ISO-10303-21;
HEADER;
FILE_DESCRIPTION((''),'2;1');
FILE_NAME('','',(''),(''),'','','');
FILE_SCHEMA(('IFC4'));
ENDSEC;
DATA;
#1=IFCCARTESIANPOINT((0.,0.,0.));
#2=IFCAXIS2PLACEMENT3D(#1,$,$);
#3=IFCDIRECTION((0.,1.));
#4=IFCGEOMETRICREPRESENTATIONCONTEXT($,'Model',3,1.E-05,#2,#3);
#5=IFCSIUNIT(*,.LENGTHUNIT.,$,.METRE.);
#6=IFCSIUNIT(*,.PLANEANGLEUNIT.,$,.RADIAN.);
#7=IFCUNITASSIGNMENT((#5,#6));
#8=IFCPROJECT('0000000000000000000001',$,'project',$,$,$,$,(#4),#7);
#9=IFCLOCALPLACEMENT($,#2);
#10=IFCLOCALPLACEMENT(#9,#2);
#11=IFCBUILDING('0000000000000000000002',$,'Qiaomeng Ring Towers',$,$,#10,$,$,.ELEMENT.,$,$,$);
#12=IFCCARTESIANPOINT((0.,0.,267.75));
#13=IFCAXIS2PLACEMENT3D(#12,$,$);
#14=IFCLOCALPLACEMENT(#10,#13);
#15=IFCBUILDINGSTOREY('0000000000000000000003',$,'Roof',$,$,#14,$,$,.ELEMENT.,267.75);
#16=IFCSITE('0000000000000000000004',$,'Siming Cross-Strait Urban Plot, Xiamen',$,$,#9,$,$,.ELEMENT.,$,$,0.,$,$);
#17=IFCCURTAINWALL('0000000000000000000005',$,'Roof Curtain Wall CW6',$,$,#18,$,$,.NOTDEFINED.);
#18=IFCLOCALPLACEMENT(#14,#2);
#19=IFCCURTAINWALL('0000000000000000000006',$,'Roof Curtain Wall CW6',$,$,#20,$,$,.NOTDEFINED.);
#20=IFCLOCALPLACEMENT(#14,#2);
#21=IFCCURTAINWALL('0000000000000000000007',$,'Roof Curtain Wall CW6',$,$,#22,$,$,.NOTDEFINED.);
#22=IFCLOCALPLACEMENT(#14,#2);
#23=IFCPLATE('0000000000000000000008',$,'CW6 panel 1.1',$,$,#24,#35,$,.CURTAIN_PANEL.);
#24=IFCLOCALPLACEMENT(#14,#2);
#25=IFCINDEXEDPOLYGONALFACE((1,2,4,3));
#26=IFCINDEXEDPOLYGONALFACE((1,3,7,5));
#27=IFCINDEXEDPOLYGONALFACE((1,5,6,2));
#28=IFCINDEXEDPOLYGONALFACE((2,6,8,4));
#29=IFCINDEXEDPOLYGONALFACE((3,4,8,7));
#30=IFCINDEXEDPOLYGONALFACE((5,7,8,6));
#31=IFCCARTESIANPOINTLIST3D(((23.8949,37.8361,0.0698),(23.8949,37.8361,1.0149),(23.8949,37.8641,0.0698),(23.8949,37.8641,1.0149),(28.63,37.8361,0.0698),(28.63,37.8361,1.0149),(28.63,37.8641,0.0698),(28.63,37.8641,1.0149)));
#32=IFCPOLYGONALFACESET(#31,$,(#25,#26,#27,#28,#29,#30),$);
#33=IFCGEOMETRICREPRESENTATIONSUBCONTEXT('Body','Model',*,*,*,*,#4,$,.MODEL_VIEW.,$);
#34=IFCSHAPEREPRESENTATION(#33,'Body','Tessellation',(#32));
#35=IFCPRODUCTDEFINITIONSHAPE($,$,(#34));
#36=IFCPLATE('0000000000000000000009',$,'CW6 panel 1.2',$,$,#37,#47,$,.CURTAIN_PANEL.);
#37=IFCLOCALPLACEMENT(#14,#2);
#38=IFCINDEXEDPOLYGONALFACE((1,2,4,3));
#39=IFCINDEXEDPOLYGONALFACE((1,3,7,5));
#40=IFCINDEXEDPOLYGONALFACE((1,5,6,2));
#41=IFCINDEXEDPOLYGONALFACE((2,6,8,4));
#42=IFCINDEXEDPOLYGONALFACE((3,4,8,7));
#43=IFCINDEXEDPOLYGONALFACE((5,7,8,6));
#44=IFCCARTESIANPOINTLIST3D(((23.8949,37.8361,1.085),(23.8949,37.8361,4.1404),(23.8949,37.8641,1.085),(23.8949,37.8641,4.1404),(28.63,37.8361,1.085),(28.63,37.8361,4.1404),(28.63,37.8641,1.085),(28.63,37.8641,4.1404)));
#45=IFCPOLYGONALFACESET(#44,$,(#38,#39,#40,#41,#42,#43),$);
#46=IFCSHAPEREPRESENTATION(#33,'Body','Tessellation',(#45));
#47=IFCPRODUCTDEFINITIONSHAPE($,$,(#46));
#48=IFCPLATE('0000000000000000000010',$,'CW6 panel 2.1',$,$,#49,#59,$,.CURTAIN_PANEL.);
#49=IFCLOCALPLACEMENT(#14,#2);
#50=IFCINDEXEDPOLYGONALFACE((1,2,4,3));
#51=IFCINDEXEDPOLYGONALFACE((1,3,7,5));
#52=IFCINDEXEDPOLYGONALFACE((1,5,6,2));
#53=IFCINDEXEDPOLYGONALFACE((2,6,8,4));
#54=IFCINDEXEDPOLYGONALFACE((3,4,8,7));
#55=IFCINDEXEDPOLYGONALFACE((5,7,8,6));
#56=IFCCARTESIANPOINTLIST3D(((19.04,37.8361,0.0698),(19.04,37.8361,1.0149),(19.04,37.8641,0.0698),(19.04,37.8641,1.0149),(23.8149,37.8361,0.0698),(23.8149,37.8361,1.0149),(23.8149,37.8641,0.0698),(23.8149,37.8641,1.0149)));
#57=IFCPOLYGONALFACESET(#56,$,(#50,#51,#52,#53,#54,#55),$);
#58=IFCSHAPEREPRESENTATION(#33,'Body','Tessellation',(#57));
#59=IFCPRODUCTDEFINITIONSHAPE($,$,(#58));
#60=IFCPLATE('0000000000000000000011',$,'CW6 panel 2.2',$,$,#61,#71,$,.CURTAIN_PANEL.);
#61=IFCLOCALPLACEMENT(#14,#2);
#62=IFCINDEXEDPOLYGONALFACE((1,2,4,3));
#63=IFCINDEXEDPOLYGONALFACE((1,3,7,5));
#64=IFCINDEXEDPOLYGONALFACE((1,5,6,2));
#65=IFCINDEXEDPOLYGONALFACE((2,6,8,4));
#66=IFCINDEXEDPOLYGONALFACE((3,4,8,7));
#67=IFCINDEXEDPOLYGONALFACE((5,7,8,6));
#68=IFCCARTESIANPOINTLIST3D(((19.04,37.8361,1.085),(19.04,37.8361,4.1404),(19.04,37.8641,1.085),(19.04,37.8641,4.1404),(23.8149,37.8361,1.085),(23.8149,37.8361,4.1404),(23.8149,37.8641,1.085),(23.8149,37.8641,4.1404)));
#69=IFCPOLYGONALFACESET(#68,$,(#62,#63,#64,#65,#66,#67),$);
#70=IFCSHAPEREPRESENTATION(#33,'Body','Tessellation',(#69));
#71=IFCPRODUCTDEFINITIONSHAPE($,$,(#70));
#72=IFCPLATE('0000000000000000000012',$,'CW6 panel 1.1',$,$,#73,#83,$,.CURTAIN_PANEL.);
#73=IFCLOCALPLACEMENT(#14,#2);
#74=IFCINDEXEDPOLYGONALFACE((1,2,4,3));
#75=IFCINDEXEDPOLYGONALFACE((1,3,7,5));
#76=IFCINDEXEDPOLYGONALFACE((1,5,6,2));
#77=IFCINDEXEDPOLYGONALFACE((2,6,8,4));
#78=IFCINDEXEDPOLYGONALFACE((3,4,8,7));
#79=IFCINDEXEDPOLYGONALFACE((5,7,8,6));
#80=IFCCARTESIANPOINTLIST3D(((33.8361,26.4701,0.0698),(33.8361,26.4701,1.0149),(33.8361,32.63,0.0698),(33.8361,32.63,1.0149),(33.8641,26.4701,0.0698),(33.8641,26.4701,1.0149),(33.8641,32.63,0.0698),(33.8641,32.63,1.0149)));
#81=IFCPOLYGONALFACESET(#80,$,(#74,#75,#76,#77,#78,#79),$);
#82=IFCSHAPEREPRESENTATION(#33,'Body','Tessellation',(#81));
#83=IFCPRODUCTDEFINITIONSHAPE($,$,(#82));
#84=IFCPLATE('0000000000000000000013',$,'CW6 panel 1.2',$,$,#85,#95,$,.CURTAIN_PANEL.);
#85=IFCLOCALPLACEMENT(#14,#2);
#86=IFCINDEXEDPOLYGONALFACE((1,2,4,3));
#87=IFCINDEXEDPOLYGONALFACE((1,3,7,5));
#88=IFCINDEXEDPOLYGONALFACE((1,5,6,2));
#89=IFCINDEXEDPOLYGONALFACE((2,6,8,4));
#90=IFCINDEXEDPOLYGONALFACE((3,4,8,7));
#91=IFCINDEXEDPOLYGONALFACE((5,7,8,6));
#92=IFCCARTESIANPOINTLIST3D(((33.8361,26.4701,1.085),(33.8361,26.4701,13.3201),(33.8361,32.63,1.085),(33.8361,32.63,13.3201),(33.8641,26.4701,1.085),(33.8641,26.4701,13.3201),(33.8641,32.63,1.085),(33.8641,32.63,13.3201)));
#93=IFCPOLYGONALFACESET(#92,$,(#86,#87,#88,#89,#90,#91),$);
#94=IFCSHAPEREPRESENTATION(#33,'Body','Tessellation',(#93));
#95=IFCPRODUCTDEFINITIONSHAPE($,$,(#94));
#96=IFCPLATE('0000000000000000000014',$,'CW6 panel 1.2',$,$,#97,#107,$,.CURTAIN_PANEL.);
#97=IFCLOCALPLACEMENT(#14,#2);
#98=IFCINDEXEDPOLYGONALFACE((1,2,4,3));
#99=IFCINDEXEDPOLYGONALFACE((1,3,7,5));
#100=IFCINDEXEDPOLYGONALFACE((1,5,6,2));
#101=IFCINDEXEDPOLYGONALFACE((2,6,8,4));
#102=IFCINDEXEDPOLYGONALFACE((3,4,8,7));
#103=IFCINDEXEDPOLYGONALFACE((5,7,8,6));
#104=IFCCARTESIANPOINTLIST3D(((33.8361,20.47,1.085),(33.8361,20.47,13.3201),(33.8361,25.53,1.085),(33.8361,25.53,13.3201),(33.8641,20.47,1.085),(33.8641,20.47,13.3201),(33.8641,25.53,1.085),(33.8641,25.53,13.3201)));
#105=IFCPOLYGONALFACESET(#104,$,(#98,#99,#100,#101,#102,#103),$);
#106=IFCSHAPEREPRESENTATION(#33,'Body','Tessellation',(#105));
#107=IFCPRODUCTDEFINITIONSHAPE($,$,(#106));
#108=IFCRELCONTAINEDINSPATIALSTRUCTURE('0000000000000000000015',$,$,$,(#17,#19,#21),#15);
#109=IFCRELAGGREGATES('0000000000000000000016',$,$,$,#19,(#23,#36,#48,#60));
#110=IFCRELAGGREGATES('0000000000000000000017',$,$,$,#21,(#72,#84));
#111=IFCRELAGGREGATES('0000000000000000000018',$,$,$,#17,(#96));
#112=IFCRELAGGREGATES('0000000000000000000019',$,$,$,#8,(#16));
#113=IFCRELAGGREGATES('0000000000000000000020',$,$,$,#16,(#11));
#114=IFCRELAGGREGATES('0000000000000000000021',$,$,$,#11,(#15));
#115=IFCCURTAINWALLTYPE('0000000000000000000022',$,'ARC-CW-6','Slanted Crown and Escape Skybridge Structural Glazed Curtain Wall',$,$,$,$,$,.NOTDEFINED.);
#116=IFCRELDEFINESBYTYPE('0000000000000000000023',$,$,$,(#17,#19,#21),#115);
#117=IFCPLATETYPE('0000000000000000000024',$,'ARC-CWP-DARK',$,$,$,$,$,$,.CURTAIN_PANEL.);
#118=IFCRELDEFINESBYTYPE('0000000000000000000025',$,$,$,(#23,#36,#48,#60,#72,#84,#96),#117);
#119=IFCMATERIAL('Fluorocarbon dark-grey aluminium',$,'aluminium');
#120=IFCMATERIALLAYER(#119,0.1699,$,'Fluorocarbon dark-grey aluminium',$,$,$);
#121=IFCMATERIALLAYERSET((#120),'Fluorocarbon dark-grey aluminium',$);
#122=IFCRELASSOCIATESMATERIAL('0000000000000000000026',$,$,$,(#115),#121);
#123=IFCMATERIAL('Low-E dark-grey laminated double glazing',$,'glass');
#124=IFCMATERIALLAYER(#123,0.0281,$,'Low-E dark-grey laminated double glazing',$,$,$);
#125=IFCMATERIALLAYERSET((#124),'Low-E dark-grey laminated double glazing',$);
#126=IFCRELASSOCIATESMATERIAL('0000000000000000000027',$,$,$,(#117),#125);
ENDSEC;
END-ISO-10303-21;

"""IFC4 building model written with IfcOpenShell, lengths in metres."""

from ifc_helpers import new_model, si_unit, direction, frame, origin, origin_2d, place, context, subcontext, project, spatial, rectangle, extrude, source, transform, mapped, material, layer, layer_set, type_object, element, aggregate, save


model = new_model("IFC4")

# Units and contexts
model_context = context("Model", 3, precision=1e-05, world=origin(), true_north=direction((0.0, 1.0)))
body_context = subcontext(model_context, "Body", "Model", "MODEL_VIEW")
ifc_project = project(units=[si_unit("LENGTHUNIT", "METRE"), si_unit("PLANEANGLEUNIT", "RADIAN")], contexts=[model_context])

# Site, building, storey
site_placement = place(None, origin())
site = spatial("IfcSite", under=ifc_project, at=site_placement, Name="Siming Cross-Strait Urban Plot, Xiamen", CompositionType="ELEMENT", RefElevation=0.0)
building_placement = place(site_placement, origin())
building = spatial("IfcBuilding", under=site, at=building_placement, Name="Qiaomeng Ring Towers", CompositionType="ELEMENT")
storey_placement = place(building_placement, frame((0.0, 0.0, 267.75)))
storey = spatial("IfcBuildingStorey", under=building, at=storey_placement, Name="Roof", CompositionType="ELEMENT", Elevation=267.75)

# Curtain walls
ifc_material_1 = material(Name="Fluorocarbon dark-grey aluminium", Category="aluminium")
ifc_layer_1 = layer(ifc_material_1, 0.1699, Name="Fluorocarbon dark-grey aluminium")
ifc_layer_set_1 = layer_set([ifc_layer_1], Name="Fluorocarbon dark-grey aluminium")
curtain_wall_type = type_object("IfcCurtainWallType", Name="ARC-CW-6", Description="Slanted Crown and Escape Skybridge Structural Glazed Curtain Wall", PredefinedType="NOTDEFINED", material=ifc_layer_set_1)
curtain_wall_1_placement = place(storey_placement, origin())
curtain_wall_1 = element("IfcCurtainWall", 1, at=curtain_wall_1_placement, inside=storey, type_object=curtain_wall_type, Name="Roof Curtain Wall CW6", PredefinedType="NOTDEFINED")
curtain_wall_2_placement = place(storey_placement, origin())
curtain_wall_2 = element("IfcCurtainWall", 2, at=curtain_wall_2_placement, inside=storey, type_object=curtain_wall_type, Name="Roof Curtain Wall CW6", PredefinedType="NOTDEFINED")

# Curtain wall
curtain_wall_3_placement = place(storey_placement, origin())
curtain_wall_3 = element("IfcCurtainWall", 3, at=curtain_wall_3_placement, inside=storey, type_object=curtain_wall_type, Name="Roof Curtain Wall CW6", PredefinedType="NOTDEFINED")

# Plates
ifc_material_2 = material(Name="Low-E dark-grey laminated double glazing", Category="glass")
ifc_layer_2 = layer(ifc_material_2, 0.0281, Name="Low-E dark-grey laminated double glazing")
ifc_layer_set_2 = layer_set([ifc_layer_2], Name="Low-E dark-grey laminated double glazing")
plate_type_1 = type_object("IfcPlateType", Name="ARC-CWP-DARK", PredefinedType="CURTAIN_PANEL", material=ifc_layer_set_2)
shared_shape_1 = source(origin(), body_context, "Body", "SweptSolid", [
    extrude(rectangle(XDim=4.7351, YDim=0.0281, at=origin_2d()), origin(), (0.0, 0.0, 1.0), 0.9451),
])
plate_1_placement = place(storey_placement, frame((26.2625, 37.8501, 0.0698), z_axis=(0.0, 0.0, 1.0), x_axis=(-1.0, 0.0, 0.0)))
plate_1 = element("IfcPlate", 4, at=plate_1_placement, type_object=plate_type_1, Name="CW6 panel 1.1", PredefinedType="CURTAIN_PANEL", context=body_context, shape_type="MappedRepresentation", body=[
    mapped(shared_shape_1, transform((0.0, 0.0, 0.0), x_axis=(1.0, 0.0, 0.0), y_axis=(0.0, 1.0, 0.0), z_axis=(0.0, 0.0, 1.0), scale=1.0)),
])
shared_shape_2 = source(origin(), body_context, "Body", "SweptSolid", [
    extrude(rectangle(XDim=4.7351, YDim=0.0281, at=origin_2d()), origin(), (0.0, 0.0, 1.0), 3.0554),
])
plate_2_placement = place(storey_placement, frame((26.2625, 37.8501, 1.085), z_axis=(0.0, 0.0, 1.0), x_axis=(-1.0, 0.0, 0.0)))
plate_2 = element("IfcPlate", 5, at=plate_2_placement, type_object=plate_type_1, Name="CW6 panel 1.2", PredefinedType="CURTAIN_PANEL", context=body_context, shape_type="MappedRepresentation", body=[
    mapped(shared_shape_2, transform((0.0, 0.0, 0.0), x_axis=(1.0, 0.0, 0.0), y_axis=(0.0, 1.0, 0.0), z_axis=(0.0, 0.0, 1.0), scale=1.0)),
])
shared_shape_3 = source(origin(), body_context, "Body", "SweptSolid", [
    extrude(rectangle(XDim=4.7749, YDim=0.0281, at=origin_2d()), origin(), (0.0, 0.0, 1.0), 0.9451),
])
plate_3_placement = place(storey_placement, frame((21.4275, 37.8501, 0.0698), z_axis=(0.0, 0.0, 1.0), x_axis=(-1.0, 0.0, 0.0)))
plate_3 = element("IfcPlate", 6, at=plate_3_placement, type_object=plate_type_1, Name="CW6 panel 2.1", PredefinedType="CURTAIN_PANEL", context=body_context, shape_type="MappedRepresentation", body=[
    mapped(shared_shape_3, transform((0.0, 0.0, 0.0), x_axis=(1.0, 0.0, 0.0), y_axis=(0.0, 1.0, 0.0), z_axis=(0.0, 0.0, 1.0), scale=1.0)),
])
shared_shape_4 = source(origin(), body_context, "Body", "SweptSolid", [
    extrude(rectangle(XDim=4.7749, YDim=0.0281, at=origin_2d()), origin(), (0.0, 0.0, 1.0), 3.0554),
])
plate_4_placement = place(storey_placement, frame((21.4275, 37.8501, 1.085), z_axis=(0.0, 0.0, 1.0), x_axis=(-1.0, 0.0, 0.0)))
plate_4 = element("IfcPlate", 7, at=plate_4_placement, type_object=plate_type_1, Name="CW6 panel 2.2", PredefinedType="CURTAIN_PANEL", context=body_context, shape_type="MappedRepresentation", body=[
    mapped(shared_shape_4, transform((0.0, 0.0, 0.0), x_axis=(1.0, 0.0, 0.0), y_axis=(0.0, 1.0, 0.0), z_axis=(0.0, 0.0, 1.0), scale=1.0)),
])
aggregate(curtain_wall_2, [plate_1, plate_2, plate_3, plate_4])
shared_shape_5 = source(origin(), body_context, "Body", "SweptSolid", [
    extrude(rectangle(XDim=6.1599, YDim=0.0281, at=origin_2d()), origin(), (0.0, 0.0, 1.0), 0.9451),
])
plate_5_placement = place(storey_placement, frame((33.8501, 29.55, 0.0698), z_axis=(0.0, 0.0, 1.0), x_axis=(0.0, 1.0, 0.0)))
plate_5 = element("IfcPlate", 8, at=plate_5_placement, type_object=plate_type_1, Name="CW6 panel 1.1", PredefinedType="CURTAIN_PANEL", context=body_context, shape_type="MappedRepresentation", body=[
    mapped(shared_shape_5, transform((0.0, 0.0, 0.0), x_axis=(1.0, 0.0, 0.0), y_axis=(0.0, 1.0, 0.0), z_axis=(0.0, 0.0, 1.0), scale=1.0)),
])
shared_shape_6 = source(origin(), body_context, "Body", "SweptSolid", [
    extrude(rectangle(XDim=6.1599, YDim=0.0281, at=origin_2d()), origin(), (0.0, 0.0, 1.0), 12.2351),
])
plate_6_placement = place(storey_placement, frame((33.8501, 29.55, 1.085), z_axis=(0.0, 0.0, 1.0), x_axis=(0.0, 1.0, 0.0)))
plate_6 = element("IfcPlate", 9, at=plate_6_placement, type_object=plate_type_1, Name="CW6 panel 1.2", PredefinedType="CURTAIN_PANEL", context=body_context, shape_type="MappedRepresentation", body=[
    mapped(shared_shape_6, transform((0.0, 0.0, 0.0), x_axis=(1.0, 0.0, 0.0), y_axis=(0.0, 1.0, 0.0), z_axis=(0.0, 0.0, 1.0), scale=1.0)),
])
aggregate(curtain_wall_3, [plate_5, plate_6])
shared_shape_7 = source(origin(), body_context, "Body", "SweptSolid", [
    extrude(rectangle(XDim=5.0601, YDim=0.0281, at=origin_2d()), origin(), (0.0, 0.0, 1.0), 12.2351),
])
plate_7_placement = place(storey_placement, frame((33.8501, 23.0, 1.085), z_axis=(0.0, 0.0, 1.0), x_axis=(0.0, 1.0, 0.0)))
plate_7 = element("IfcPlate", 10, at=plate_7_placement, type_object=plate_type_1, Name="CW6 panel 1.2", PredefinedType="CURTAIN_PANEL", context=body_context, shape_type="MappedRepresentation", body=[
    mapped(shared_shape_7, transform((0.0, 0.0, 0.0), x_axis=(1.0, 0.0, 0.0), y_axis=(0.0, 1.0, 0.0), z_axis=(0.0, 0.0, 1.0), scale=1.0)),
])
aggregate(curtain_wall_1, [plate_7])

save(model, "model.ifc")
